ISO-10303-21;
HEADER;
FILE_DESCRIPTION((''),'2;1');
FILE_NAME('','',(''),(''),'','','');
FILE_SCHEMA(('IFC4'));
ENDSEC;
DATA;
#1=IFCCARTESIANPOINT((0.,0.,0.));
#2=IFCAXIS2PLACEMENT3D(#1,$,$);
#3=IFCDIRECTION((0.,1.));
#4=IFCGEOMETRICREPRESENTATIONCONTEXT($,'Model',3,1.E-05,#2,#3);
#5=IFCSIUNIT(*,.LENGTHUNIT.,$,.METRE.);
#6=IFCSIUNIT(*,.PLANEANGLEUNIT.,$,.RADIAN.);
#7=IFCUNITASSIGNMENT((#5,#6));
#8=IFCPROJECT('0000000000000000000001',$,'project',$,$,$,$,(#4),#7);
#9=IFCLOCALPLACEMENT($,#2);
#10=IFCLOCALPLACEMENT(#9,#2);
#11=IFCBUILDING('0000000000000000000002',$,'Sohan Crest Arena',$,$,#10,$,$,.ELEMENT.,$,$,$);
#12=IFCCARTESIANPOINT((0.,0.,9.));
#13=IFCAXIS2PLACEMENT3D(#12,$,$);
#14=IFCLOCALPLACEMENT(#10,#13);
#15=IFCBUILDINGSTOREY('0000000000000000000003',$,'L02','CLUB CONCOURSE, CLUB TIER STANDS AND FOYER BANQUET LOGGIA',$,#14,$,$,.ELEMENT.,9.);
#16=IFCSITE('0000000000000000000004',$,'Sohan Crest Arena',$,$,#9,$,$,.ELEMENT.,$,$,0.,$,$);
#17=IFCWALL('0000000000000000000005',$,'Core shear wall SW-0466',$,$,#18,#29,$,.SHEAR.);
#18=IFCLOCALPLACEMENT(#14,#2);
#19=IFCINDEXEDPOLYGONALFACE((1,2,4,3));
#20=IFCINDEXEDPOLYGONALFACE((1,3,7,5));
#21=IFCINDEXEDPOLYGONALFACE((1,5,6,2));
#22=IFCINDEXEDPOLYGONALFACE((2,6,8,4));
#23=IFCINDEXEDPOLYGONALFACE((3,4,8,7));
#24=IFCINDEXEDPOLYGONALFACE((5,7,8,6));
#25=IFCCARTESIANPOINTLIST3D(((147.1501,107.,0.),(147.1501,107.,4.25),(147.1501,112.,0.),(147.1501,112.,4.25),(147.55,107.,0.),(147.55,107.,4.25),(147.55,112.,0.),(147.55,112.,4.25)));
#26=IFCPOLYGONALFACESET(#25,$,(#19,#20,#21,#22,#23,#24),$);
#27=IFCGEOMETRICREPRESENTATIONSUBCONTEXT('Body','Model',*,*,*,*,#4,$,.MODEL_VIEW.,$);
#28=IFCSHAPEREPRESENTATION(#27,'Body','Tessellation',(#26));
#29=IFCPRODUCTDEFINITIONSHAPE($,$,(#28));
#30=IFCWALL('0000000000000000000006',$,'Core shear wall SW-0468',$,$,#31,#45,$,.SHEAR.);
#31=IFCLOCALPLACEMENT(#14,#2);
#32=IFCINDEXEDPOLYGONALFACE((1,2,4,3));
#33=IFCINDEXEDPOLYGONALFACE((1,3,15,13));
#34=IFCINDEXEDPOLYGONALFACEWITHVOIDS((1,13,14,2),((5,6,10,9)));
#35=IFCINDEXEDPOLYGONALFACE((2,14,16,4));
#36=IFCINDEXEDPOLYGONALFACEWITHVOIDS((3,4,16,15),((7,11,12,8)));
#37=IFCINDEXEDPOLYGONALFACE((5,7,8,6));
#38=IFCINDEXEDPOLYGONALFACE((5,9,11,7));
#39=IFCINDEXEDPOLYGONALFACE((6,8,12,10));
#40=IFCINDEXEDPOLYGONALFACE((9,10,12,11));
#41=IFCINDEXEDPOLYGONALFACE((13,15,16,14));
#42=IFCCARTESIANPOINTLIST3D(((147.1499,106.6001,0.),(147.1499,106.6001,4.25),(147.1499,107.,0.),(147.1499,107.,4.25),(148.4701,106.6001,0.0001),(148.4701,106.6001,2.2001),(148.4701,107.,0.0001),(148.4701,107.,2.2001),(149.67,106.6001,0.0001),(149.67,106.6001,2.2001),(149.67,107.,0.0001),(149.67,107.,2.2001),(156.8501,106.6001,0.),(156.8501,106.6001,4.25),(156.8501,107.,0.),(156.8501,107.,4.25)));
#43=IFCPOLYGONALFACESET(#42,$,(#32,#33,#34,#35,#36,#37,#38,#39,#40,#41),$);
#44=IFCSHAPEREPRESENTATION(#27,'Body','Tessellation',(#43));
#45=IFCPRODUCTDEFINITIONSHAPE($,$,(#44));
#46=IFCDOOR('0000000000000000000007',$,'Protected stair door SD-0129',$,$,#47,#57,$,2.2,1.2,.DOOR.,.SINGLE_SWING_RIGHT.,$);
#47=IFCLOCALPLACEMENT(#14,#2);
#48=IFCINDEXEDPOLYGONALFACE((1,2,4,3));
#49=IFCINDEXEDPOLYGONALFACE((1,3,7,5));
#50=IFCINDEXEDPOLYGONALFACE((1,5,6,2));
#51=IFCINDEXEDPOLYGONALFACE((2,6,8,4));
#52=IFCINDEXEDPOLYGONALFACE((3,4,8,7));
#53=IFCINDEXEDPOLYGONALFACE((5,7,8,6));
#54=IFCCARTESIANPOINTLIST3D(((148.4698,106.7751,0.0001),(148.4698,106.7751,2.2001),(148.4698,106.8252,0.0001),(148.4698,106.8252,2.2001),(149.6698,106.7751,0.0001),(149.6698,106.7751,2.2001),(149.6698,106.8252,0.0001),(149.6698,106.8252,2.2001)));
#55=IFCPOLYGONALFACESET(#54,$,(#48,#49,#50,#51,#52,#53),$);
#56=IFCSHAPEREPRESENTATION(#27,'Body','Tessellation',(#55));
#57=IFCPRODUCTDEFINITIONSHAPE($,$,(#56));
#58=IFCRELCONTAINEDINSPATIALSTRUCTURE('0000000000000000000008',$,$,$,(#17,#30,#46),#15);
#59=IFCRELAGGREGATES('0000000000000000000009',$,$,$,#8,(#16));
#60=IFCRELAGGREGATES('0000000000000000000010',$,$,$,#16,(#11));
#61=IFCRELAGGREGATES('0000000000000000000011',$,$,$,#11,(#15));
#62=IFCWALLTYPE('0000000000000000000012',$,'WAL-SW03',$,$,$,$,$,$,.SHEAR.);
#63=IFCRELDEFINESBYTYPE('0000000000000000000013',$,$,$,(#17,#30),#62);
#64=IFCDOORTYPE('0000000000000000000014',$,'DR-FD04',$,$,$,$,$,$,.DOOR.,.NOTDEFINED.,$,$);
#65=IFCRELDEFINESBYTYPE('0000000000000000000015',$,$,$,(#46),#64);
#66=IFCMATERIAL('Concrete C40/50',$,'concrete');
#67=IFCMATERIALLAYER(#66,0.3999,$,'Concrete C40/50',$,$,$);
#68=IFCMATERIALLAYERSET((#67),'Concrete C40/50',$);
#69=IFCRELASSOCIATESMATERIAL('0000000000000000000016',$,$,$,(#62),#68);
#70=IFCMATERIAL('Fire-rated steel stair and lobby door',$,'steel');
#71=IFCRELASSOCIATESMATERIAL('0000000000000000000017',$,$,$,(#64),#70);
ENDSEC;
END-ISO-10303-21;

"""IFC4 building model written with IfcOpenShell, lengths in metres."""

from ifc_helpers import new_model, si_unit, direction, frame, frame_2d, origin, place, context, subcontext, project, spatial, rectangle, extrude, material, layer, layer_set, type_object, element, fill, save


model = new_model("IFC4")

# Units and contexts
model_context = context("Model", 3, precision=1e-05, world=origin(), true_north=direction((0.0, 1.0)))
body_context = subcontext(model_context, "Body", "Model", "MODEL_VIEW")
ifc_project = project(units=[si_unit("LENGTHUNIT", "METRE"), si_unit("PLANEANGLEUNIT", "RADIAN")], contexts=[model_context])

# Site, building, storey
site_placement = place(None, origin())
site = spatial("IfcSite", under=ifc_project, at=site_placement, Name="Sohan Crest Arena", CompositionType="ELEMENT", RefElevation=0.0)
building_placement = place(site_placement, origin())
building = spatial("IfcBuilding", under=site, at=building_placement, Name="Sohan Crest Arena", CompositionType="ELEMENT")
storey_placement = place(building_placement, frame((0.0, 0.0, 9.0)))
storey = spatial("IfcBuildingStorey", under=building, at=storey_placement, Name="L02", Description="CLUB CONCOURSE, CLUB TIER STANDS AND FOYER BANQUET LOGGIA", CompositionType="ELEMENT", Elevation=9.0)

# Shared definitions
ifc_material_1 = material(Name="Concrete C40/50", Category="concrete")

# Wall
ifc_layer_1 = layer(ifc_material_1, 0.3999, Name="Concrete C40/50")
ifc_layer_set_1 = layer_set([ifc_layer_1], Name="Concrete C40/50")
wall_type_1 = type_object("IfcWallType", Name="WAL-SW03", PredefinedType="SHEAR", material=ifc_layer_set_1)
wall_1_placement = place(storey_placement, frame((147.3501, 107.0, 0.0), z_axis=(0.0, 0.0, 1.0), x_axis=(0.0, 1.0, 0.0)))
element("IfcWall", 1, at=wall_1_placement, inside=storey, type_object=wall_type_1, Name="Core shear wall SW-0466", PredefinedType="SHEAR", context=body_context, shape_type="SweptSolid", body=[
    extrude(rectangle(XDim=5.0, YDim=0.3999, at=frame_2d((2.5, 0.0))), origin(), (0.0, 0.0, 1.0), 4.25),
])

# Wall, opening, door
wall_2_placement = place(storey_placement, frame((147.1499, 106.8, 0.0), z_axis=(0.0, 0.0, 1.0), x_axis=(1.0, 0.0, 0.0)))
wall_2 = element("IfcWall", 2, at=wall_2_placement, inside=storey, type_object=wall_type_1, Name="Core shear wall SW-0468", PredefinedType="SHEAR", context=body_context, shape_type="SweptSolid", body=[
    extrude(rectangle(XDim=9.7002, YDim=0.3999, at=frame_2d((4.8501, 0.0))), origin(), (0.0, 0.0, 1.0), 4.25),
])
opening_placement = place(wall_2_placement, frame((1.3201, 0.0, 0.0)))
opening = element("IfcOpeningElement", 3, at=opening_placement, cuts=wall_2, PredefinedType="OPENING", context=body_context, shape_type="SweptSolid", body=[
    extrude(rectangle(XDim=1.2, YDim=2.2, at=frame_2d((0.6001, 1.1001))), frame((0.0, 0.21, 0.0), z_axis=(0.0, -1.0, 0.0), x_axis=(1.0, 0.0, 0.0)), (0.0, 0.0, 1.0), 0.4199),
])
ifc_material_2 = material(Name="Fire-rated steel stair and lobby door", Category="steel")
door_type = type_object("IfcDoorType", Name="DR-FD04", OperationType="NOTDEFINED", PredefinedType="DOOR", material=ifc_material_2)
door_placement = place(opening_placement, frame((1.2, 0.0, 0.0), z_axis=(0.0, 0.0, 1.0), x_axis=(-1.0, 0.0, 0.0)))
door = element("IfcDoor", 4, at=door_placement, inside=storey, type_object=door_type, Name="Protected stair door SD-0129", OperationType="SINGLE_SWING_RIGHT", OverallHeight=2.2, OverallWidth=1.2, PredefinedType="DOOR", context=body_context, shape_type="SweptSolid", body=[
    extrude(rectangle(XDim=1.2, YDim=2.2, at=frame_2d((0.6001, 1.1001))), frame((0.0, 0.0249, 0.0), z_axis=(0.0, -1.0, 0.0), x_axis=(1.0, 0.0, 0.0)), (0.0, 0.0, 1.0), 0.05),
])
fill(opening, door)

save(model, "model.ifc")
